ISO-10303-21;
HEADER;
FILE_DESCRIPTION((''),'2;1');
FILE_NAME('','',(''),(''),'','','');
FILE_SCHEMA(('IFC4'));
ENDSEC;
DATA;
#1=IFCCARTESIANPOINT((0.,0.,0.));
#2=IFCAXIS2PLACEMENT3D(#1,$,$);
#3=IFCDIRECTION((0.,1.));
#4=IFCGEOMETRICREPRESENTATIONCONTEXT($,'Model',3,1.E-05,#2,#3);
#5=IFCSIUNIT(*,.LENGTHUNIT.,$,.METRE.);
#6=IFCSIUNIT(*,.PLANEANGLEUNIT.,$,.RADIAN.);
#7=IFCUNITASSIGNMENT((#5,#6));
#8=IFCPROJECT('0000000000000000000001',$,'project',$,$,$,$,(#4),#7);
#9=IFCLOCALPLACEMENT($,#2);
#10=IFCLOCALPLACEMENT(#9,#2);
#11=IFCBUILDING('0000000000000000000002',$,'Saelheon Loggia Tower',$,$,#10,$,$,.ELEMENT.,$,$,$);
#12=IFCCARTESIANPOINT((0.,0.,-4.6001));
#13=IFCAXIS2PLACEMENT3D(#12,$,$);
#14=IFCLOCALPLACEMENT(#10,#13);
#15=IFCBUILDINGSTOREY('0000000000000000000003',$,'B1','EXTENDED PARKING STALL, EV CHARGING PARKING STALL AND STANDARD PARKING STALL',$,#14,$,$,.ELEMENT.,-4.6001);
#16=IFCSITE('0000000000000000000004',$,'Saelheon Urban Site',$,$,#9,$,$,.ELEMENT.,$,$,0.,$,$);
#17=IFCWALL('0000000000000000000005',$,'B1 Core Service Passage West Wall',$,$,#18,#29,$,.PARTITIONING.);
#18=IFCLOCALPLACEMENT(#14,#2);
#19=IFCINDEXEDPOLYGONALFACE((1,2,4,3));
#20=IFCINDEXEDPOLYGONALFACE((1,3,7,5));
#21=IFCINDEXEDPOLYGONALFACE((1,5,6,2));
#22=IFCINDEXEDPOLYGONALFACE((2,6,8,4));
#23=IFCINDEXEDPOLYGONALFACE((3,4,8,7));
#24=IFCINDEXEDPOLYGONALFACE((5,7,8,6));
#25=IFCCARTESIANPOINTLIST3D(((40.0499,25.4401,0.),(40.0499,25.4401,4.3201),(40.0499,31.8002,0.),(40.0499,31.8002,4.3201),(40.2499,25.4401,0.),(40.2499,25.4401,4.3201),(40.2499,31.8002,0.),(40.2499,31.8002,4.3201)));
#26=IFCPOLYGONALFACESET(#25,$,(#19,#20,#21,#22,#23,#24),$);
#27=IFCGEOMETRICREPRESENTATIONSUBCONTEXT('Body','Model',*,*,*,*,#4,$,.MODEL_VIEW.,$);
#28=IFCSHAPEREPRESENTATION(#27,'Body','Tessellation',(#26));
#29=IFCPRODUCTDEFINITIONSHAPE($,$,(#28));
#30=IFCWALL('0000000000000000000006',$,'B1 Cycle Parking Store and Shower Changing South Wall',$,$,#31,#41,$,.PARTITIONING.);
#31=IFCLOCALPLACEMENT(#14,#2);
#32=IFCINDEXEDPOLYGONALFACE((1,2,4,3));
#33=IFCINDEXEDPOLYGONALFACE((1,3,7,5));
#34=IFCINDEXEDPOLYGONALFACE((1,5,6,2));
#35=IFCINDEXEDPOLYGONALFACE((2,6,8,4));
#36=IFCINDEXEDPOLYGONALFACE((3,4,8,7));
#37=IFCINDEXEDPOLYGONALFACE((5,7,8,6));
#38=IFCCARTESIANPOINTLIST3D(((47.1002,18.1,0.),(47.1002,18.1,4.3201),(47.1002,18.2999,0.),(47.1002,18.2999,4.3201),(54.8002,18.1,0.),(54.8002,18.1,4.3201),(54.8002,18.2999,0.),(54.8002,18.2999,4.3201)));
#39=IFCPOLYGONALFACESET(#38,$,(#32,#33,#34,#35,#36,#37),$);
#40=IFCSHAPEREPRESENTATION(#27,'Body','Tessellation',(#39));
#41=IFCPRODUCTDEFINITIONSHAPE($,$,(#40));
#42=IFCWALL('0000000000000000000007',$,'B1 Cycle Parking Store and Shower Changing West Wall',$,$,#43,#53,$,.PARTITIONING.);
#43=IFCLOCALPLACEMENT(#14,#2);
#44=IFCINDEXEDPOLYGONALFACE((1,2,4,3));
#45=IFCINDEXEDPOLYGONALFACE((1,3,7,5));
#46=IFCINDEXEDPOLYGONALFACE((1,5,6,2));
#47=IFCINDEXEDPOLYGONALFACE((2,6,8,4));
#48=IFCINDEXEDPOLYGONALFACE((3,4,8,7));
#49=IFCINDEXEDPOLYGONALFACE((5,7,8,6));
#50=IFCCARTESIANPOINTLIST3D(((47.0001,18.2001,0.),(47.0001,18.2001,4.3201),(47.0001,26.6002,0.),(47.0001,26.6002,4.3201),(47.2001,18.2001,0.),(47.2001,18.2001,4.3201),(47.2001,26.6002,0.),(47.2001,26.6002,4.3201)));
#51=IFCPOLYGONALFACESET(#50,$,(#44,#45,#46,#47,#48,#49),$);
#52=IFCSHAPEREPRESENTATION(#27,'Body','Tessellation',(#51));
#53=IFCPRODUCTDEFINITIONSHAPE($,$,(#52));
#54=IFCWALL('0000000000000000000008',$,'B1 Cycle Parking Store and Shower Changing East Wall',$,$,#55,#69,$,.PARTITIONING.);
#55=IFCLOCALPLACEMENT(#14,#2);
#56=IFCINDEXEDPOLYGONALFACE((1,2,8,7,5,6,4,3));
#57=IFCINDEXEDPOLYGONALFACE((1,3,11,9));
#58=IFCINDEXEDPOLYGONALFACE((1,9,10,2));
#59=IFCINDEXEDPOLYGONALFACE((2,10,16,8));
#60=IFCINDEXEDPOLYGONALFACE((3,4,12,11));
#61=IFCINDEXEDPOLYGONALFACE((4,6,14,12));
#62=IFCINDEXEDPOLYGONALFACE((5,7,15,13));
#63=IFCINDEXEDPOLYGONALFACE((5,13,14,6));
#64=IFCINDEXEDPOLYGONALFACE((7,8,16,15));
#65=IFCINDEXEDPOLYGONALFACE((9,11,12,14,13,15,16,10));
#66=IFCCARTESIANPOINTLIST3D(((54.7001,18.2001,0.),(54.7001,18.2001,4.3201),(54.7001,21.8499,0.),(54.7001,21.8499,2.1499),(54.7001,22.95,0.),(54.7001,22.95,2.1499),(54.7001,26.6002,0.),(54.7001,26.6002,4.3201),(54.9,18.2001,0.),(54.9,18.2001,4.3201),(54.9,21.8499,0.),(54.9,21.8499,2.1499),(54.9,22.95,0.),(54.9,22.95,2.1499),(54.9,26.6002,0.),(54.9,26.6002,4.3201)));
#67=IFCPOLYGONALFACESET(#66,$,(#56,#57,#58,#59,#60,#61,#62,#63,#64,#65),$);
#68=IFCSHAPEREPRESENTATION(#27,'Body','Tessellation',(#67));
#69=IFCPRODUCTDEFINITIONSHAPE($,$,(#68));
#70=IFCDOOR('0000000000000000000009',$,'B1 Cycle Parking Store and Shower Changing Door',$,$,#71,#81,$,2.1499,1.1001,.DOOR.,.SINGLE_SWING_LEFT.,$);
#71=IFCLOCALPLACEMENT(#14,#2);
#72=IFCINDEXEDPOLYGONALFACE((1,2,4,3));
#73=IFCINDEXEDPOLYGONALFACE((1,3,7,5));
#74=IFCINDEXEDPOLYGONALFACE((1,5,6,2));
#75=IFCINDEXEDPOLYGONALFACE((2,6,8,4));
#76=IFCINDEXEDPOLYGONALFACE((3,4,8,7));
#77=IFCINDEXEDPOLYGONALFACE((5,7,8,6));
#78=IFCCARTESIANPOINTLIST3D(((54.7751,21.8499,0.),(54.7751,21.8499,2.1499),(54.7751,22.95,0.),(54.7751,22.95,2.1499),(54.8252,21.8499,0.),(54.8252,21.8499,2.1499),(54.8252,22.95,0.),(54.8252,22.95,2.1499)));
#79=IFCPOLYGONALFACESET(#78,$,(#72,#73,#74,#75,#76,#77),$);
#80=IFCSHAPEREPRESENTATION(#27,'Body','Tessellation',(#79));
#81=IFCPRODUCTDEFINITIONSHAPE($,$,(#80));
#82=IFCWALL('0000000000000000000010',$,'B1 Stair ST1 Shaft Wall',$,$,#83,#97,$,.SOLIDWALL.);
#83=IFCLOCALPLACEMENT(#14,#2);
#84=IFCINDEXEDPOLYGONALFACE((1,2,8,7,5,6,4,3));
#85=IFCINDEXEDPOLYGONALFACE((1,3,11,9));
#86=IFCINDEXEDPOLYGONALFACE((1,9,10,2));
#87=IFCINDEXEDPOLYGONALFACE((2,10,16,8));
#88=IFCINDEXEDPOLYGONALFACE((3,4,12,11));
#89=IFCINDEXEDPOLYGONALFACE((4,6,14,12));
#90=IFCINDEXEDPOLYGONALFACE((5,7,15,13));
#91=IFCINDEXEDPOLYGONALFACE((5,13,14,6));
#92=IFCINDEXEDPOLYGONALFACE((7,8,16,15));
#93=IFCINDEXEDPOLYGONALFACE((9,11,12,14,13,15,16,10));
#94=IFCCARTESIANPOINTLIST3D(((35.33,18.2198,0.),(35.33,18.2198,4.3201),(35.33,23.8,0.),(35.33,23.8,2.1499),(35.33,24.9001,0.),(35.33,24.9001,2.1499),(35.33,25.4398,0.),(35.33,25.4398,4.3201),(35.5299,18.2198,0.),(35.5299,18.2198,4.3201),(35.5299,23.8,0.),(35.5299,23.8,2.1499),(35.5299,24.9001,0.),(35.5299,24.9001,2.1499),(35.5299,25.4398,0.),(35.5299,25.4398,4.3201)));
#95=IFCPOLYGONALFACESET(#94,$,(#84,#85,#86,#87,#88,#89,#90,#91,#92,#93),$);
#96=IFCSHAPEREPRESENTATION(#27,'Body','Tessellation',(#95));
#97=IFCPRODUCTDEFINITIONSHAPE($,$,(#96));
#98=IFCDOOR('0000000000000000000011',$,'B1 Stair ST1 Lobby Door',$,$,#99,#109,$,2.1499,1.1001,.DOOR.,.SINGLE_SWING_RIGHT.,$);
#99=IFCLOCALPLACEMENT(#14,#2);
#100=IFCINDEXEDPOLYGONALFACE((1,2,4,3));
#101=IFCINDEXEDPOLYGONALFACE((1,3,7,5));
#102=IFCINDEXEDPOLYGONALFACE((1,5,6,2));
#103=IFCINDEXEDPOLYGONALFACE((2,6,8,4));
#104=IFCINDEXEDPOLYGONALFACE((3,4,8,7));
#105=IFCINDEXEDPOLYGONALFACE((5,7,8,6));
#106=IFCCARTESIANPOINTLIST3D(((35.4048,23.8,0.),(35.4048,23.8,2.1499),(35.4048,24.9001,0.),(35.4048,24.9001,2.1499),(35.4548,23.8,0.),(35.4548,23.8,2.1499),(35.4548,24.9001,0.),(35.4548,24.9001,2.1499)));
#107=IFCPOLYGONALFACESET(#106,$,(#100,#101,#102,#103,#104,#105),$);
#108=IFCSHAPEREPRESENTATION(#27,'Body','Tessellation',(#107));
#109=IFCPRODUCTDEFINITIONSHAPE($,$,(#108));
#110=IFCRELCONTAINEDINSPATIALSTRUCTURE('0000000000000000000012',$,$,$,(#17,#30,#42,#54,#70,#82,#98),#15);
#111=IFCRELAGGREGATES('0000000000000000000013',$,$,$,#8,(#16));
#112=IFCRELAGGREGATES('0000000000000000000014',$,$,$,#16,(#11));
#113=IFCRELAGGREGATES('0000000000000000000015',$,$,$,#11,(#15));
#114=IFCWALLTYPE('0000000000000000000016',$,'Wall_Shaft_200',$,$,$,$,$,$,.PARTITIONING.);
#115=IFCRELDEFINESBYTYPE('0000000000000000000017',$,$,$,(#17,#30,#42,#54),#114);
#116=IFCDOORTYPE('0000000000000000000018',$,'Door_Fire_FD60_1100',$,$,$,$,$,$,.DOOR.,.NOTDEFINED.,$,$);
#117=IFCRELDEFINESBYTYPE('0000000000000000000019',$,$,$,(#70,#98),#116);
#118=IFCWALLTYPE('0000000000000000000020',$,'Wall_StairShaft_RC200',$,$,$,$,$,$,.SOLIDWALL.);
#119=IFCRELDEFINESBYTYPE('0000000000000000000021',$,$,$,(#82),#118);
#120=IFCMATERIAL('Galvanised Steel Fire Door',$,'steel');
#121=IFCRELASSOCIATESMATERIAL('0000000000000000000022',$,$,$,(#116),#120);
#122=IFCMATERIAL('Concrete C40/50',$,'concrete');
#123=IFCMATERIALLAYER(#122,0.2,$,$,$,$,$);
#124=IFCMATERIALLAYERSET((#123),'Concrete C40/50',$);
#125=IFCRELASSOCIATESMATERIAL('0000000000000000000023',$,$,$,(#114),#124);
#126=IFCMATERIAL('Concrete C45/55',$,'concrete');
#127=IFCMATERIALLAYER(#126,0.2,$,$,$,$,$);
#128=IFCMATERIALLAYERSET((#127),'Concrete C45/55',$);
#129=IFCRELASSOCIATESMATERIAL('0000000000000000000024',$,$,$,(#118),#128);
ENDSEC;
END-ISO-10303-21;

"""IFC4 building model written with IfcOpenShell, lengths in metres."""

from ifc_helpers import new_model, si_unit, direction, frame, frame_2d, origin, place, context, subcontext, project, spatial, rectangle, extrude, source, transform, mapped, material, layer, layer_set, type_object, element, fill, save


model = new_model("IFC4")

# Units and contexts
model_context = context("Model", 3, precision=1e-05, world=origin(), true_north=direction((0.0, 1.0)))
body_context = subcontext(model_context, "Body", "Model", "MODEL_VIEW")
ifc_project = project(units=[si_unit("LENGTHUNIT", "METRE"), si_unit("PLANEANGLEUNIT", "RADIAN")], contexts=[model_context])

# Site, building, storey
site_placement = place(None, origin())
site = spatial("IfcSite", under=ifc_project, at=site_placement, Name="Saelheon Urban Site", CompositionType="ELEMENT", RefElevation=0.0)
building_placement = place(site_placement, origin())
building = spatial("IfcBuilding", under=site, at=building_placement, Name="Saelheon Loggia Tower", CompositionType="ELEMENT")
storey_placement = place(building_placement, frame((0.0, 0.0, -4.6001)))
storey = spatial("IfcBuildingStorey", under=building, at=storey_placement, Name="B1", Description="EXTENDED PARKING STALL, EV CHARGING PARKING STALL AND STANDARD PARKING STALL", CompositionType="ELEMENT", Elevation=-4.6001)

# Shared definitions
ifc_material_1 = material(Name="Concrete C45/55", Category="concrete")

# Shared definitions
ifc_material_2 = material(Name="Galvanised Steel Fire Door", Category="steel")
door_type_1 = type_object("IfcDoorType", Name="Door_Fire_FD60_1100", OperationType="NOTDEFINED", PredefinedType="DOOR", material=ifc_material_2)
shared_shape_1 = source(origin(), body_context, "Body", "SweptSolid", [
    extrude(rectangle(XDim=1.1001, YDim=2.1499, at=frame_2d((0.55, 1.075))), frame((0.0, 0.0249, 0.0), z_axis=(0.0, -1.0, 0.0), x_axis=(1.0, 0.0, 0.0)), (0.0, 0.0, 1.0), 0.05),
])

# Shared definitions
ifc_material_3 = material(Name="Concrete C40/50", Category="concrete")
ifc_layer_1 = layer(ifc_material_3, 0.2)
ifc_layer_set_1 = layer_set([ifc_layer_1], Name="Concrete C40/50")
wall_type_1 = type_object("IfcWallType", Name="Wall_Shaft_200", PredefinedType="PARTITIONING", material=ifc_layer_set_1)

# Wall
wall_1_placement = place(storey_placement, frame((40.1499, 25.4399, 0.0), z_axis=(0.0, 0.0, 1.0), x_axis=(0.0, 1.0, 0.0)))
element("IfcWall", 1, at=wall_1_placement, inside=storey, type_object=wall_type_1, Name="B1 Core Service Passage West Wall", PredefinedType="PARTITIONING", context=body_context, shape_type="SweptSolid", body=[
    extrude(rectangle(XDim=6.3601, YDim=0.2, at=frame_2d((3.1802, 0.0))), origin(), (0.0, 0.0, 1.0), 4.3201),
])

# Walls
wall_2_placement = place(storey_placement, frame((47.1001, 18.2, 0.0), z_axis=(0.0, 0.0, 1.0), x_axis=(1.0, 0.0, 0.0)))
element("IfcWall", 2, at=wall_2_placement, inside=storey, type_object=wall_type_1, Name="B1 Cycle Parking Store and Shower Changing South Wall", PredefinedType="PARTITIONING", context=body_context, shape_type="SweptSolid", body=[
    extrude(rectangle(XDim=7.7, YDim=0.2, at=frame_2d((3.8501, 0.0))), origin(), (0.0, 0.0, 1.0), 4.3201),
])
wall_3_placement = place(storey_placement, frame((47.1001, 18.2, 0.0), z_axis=(0.0, 0.0, 1.0), x_axis=(0.0, 1.0, 0.0)))
element("IfcWall", 3, at=wall_3_placement, inside=storey, type_object=wall_type_1, Name="B1 Cycle Parking Store and Shower Changing West Wall", PredefinedType="PARTITIONING", context=body_context, shape_type="SweptSolid", body=[
    extrude(rectangle(XDim=8.4001, YDim=0.2, at=frame_2d((4.2002, 0.0))), origin(), (0.0, 0.0, 1.0), 4.3201),
])

# Walls, openings, doors
wall_4_placement = place(storey_placement, frame((54.8, 18.2, 0.0), z_axis=(0.0, 0.0, 1.0), x_axis=(0.0, 1.0, 0.0)))
wall_4 = element("IfcWall", 4, at=wall_4_placement, inside=storey, type_object=wall_type_1, Name="B1 Cycle Parking Store and Shower Changing East Wall", PredefinedType="PARTITIONING", context=body_context, shape_type="SweptSolid", body=[
    extrude(rectangle(XDim=8.4001, YDim=0.2, at=frame_2d((4.2002, 0.0))), origin(), (0.0, 0.0, 1.0), 4.3201),
])
opening_1_placement = place(wall_4_placement, frame((3.6499, 0.0, 0.0)))
opening_1 = element("IfcOpeningElement", 5, at=opening_1_placement, cuts=wall_4, PredefinedType="OPENING", context=body_context, shape_type="SweptSolid", body=[
    extrude(rectangle(XDim=1.1001, YDim=2.1499, at=frame_2d((0.55, 1.075))), frame((0.0, 0.1121, 0.0), z_axis=(0.0, -1.0, 0.0), x_axis=(1.0, 0.0, 0.0)), (0.0, 0.0, 1.0), 0.2239),
])
door_1_placement = place(opening_1_placement, origin())
door_1 = element("IfcDoor", 6, at=door_1_placement, inside=storey, type_object=door_type_1, Name="B1 Cycle Parking Store and Shower Changing Door", OperationType="SINGLE_SWING_LEFT", OverallHeight=2.1499, OverallWidth=1.1001, PredefinedType="DOOR", context=body_context, shape_type="MappedRepresentation", body=[
    mapped(shared_shape_1, transform((0.0, 0.0, 0.0), scale=1.0)),
])
fill(opening_1, door_1)
ifc_layer_2 = layer(ifc_material_1, 0.2)
ifc_layer_set_2 = layer_set([ifc_layer_2], Name="Concrete C45/55")
wall_type_2 = type_object("IfcWallType", Name="Wall_StairShaft_RC200", PredefinedType="SOLIDWALL", material=ifc_layer_set_2)
wall_5_placement = place(storey_placement, frame((35.4299, 18.22, 0.0), z_axis=(0.0, 0.0, 1.0), x_axis=(0.0, 1.0, 0.0)))
wall_5 = element("IfcWall", 7, at=wall_5_placement, inside=storey, type_object=wall_type_2, Name="B1 Stair ST1 Shaft Wall", PredefinedType="SOLIDWALL", context=body_context, shape_type="SweptSolid", body=[
    extrude(rectangle(XDim=7.22, YDim=0.2, at=frame_2d((3.6099, 0.0))), origin(), (0.0, 0.0, 1.0), 4.3201),
])
opening_2_placement = place(wall_5_placement, frame((6.6802, 0.0, 0.0), z_axis=(0.0, 0.0, 1.0), x_axis=(-1.0, 0.0, 0.0)))
opening_2 = element("IfcOpeningElement", 8, at=opening_2_placement, cuts=wall_5, PredefinedType="OPENING", context=body_context, shape_type="SweptSolid", body=[
    extrude(rectangle(XDim=1.1001, YDim=2.1499, at=frame_2d((0.55, 1.075))), frame((0.0, 0.1121, 0.0), z_axis=(0.0, -1.0, 0.0), x_axis=(1.0, 0.0, 0.0)), (0.0, 0.0, 1.0), 0.2239),
])
door_2_placement = place(opening_2_placement, origin())
door_2 = element("IfcDoor", 9, at=door_2_placement, inside=storey, type_object=door_type_1, Name="B1 Stair ST1 Lobby Door", OperationType="SINGLE_SWING_RIGHT", OverallHeight=2.1499, OverallWidth=1.1001, PredefinedType="DOOR", context=body_context, shape_type="MappedRepresentation", body=[
    mapped(shared_shape_1, transform((0.0, 0.0, 0.0), scale=1.0)),
])
fill(opening_2, door_2)

save(model, "model.ifc")
